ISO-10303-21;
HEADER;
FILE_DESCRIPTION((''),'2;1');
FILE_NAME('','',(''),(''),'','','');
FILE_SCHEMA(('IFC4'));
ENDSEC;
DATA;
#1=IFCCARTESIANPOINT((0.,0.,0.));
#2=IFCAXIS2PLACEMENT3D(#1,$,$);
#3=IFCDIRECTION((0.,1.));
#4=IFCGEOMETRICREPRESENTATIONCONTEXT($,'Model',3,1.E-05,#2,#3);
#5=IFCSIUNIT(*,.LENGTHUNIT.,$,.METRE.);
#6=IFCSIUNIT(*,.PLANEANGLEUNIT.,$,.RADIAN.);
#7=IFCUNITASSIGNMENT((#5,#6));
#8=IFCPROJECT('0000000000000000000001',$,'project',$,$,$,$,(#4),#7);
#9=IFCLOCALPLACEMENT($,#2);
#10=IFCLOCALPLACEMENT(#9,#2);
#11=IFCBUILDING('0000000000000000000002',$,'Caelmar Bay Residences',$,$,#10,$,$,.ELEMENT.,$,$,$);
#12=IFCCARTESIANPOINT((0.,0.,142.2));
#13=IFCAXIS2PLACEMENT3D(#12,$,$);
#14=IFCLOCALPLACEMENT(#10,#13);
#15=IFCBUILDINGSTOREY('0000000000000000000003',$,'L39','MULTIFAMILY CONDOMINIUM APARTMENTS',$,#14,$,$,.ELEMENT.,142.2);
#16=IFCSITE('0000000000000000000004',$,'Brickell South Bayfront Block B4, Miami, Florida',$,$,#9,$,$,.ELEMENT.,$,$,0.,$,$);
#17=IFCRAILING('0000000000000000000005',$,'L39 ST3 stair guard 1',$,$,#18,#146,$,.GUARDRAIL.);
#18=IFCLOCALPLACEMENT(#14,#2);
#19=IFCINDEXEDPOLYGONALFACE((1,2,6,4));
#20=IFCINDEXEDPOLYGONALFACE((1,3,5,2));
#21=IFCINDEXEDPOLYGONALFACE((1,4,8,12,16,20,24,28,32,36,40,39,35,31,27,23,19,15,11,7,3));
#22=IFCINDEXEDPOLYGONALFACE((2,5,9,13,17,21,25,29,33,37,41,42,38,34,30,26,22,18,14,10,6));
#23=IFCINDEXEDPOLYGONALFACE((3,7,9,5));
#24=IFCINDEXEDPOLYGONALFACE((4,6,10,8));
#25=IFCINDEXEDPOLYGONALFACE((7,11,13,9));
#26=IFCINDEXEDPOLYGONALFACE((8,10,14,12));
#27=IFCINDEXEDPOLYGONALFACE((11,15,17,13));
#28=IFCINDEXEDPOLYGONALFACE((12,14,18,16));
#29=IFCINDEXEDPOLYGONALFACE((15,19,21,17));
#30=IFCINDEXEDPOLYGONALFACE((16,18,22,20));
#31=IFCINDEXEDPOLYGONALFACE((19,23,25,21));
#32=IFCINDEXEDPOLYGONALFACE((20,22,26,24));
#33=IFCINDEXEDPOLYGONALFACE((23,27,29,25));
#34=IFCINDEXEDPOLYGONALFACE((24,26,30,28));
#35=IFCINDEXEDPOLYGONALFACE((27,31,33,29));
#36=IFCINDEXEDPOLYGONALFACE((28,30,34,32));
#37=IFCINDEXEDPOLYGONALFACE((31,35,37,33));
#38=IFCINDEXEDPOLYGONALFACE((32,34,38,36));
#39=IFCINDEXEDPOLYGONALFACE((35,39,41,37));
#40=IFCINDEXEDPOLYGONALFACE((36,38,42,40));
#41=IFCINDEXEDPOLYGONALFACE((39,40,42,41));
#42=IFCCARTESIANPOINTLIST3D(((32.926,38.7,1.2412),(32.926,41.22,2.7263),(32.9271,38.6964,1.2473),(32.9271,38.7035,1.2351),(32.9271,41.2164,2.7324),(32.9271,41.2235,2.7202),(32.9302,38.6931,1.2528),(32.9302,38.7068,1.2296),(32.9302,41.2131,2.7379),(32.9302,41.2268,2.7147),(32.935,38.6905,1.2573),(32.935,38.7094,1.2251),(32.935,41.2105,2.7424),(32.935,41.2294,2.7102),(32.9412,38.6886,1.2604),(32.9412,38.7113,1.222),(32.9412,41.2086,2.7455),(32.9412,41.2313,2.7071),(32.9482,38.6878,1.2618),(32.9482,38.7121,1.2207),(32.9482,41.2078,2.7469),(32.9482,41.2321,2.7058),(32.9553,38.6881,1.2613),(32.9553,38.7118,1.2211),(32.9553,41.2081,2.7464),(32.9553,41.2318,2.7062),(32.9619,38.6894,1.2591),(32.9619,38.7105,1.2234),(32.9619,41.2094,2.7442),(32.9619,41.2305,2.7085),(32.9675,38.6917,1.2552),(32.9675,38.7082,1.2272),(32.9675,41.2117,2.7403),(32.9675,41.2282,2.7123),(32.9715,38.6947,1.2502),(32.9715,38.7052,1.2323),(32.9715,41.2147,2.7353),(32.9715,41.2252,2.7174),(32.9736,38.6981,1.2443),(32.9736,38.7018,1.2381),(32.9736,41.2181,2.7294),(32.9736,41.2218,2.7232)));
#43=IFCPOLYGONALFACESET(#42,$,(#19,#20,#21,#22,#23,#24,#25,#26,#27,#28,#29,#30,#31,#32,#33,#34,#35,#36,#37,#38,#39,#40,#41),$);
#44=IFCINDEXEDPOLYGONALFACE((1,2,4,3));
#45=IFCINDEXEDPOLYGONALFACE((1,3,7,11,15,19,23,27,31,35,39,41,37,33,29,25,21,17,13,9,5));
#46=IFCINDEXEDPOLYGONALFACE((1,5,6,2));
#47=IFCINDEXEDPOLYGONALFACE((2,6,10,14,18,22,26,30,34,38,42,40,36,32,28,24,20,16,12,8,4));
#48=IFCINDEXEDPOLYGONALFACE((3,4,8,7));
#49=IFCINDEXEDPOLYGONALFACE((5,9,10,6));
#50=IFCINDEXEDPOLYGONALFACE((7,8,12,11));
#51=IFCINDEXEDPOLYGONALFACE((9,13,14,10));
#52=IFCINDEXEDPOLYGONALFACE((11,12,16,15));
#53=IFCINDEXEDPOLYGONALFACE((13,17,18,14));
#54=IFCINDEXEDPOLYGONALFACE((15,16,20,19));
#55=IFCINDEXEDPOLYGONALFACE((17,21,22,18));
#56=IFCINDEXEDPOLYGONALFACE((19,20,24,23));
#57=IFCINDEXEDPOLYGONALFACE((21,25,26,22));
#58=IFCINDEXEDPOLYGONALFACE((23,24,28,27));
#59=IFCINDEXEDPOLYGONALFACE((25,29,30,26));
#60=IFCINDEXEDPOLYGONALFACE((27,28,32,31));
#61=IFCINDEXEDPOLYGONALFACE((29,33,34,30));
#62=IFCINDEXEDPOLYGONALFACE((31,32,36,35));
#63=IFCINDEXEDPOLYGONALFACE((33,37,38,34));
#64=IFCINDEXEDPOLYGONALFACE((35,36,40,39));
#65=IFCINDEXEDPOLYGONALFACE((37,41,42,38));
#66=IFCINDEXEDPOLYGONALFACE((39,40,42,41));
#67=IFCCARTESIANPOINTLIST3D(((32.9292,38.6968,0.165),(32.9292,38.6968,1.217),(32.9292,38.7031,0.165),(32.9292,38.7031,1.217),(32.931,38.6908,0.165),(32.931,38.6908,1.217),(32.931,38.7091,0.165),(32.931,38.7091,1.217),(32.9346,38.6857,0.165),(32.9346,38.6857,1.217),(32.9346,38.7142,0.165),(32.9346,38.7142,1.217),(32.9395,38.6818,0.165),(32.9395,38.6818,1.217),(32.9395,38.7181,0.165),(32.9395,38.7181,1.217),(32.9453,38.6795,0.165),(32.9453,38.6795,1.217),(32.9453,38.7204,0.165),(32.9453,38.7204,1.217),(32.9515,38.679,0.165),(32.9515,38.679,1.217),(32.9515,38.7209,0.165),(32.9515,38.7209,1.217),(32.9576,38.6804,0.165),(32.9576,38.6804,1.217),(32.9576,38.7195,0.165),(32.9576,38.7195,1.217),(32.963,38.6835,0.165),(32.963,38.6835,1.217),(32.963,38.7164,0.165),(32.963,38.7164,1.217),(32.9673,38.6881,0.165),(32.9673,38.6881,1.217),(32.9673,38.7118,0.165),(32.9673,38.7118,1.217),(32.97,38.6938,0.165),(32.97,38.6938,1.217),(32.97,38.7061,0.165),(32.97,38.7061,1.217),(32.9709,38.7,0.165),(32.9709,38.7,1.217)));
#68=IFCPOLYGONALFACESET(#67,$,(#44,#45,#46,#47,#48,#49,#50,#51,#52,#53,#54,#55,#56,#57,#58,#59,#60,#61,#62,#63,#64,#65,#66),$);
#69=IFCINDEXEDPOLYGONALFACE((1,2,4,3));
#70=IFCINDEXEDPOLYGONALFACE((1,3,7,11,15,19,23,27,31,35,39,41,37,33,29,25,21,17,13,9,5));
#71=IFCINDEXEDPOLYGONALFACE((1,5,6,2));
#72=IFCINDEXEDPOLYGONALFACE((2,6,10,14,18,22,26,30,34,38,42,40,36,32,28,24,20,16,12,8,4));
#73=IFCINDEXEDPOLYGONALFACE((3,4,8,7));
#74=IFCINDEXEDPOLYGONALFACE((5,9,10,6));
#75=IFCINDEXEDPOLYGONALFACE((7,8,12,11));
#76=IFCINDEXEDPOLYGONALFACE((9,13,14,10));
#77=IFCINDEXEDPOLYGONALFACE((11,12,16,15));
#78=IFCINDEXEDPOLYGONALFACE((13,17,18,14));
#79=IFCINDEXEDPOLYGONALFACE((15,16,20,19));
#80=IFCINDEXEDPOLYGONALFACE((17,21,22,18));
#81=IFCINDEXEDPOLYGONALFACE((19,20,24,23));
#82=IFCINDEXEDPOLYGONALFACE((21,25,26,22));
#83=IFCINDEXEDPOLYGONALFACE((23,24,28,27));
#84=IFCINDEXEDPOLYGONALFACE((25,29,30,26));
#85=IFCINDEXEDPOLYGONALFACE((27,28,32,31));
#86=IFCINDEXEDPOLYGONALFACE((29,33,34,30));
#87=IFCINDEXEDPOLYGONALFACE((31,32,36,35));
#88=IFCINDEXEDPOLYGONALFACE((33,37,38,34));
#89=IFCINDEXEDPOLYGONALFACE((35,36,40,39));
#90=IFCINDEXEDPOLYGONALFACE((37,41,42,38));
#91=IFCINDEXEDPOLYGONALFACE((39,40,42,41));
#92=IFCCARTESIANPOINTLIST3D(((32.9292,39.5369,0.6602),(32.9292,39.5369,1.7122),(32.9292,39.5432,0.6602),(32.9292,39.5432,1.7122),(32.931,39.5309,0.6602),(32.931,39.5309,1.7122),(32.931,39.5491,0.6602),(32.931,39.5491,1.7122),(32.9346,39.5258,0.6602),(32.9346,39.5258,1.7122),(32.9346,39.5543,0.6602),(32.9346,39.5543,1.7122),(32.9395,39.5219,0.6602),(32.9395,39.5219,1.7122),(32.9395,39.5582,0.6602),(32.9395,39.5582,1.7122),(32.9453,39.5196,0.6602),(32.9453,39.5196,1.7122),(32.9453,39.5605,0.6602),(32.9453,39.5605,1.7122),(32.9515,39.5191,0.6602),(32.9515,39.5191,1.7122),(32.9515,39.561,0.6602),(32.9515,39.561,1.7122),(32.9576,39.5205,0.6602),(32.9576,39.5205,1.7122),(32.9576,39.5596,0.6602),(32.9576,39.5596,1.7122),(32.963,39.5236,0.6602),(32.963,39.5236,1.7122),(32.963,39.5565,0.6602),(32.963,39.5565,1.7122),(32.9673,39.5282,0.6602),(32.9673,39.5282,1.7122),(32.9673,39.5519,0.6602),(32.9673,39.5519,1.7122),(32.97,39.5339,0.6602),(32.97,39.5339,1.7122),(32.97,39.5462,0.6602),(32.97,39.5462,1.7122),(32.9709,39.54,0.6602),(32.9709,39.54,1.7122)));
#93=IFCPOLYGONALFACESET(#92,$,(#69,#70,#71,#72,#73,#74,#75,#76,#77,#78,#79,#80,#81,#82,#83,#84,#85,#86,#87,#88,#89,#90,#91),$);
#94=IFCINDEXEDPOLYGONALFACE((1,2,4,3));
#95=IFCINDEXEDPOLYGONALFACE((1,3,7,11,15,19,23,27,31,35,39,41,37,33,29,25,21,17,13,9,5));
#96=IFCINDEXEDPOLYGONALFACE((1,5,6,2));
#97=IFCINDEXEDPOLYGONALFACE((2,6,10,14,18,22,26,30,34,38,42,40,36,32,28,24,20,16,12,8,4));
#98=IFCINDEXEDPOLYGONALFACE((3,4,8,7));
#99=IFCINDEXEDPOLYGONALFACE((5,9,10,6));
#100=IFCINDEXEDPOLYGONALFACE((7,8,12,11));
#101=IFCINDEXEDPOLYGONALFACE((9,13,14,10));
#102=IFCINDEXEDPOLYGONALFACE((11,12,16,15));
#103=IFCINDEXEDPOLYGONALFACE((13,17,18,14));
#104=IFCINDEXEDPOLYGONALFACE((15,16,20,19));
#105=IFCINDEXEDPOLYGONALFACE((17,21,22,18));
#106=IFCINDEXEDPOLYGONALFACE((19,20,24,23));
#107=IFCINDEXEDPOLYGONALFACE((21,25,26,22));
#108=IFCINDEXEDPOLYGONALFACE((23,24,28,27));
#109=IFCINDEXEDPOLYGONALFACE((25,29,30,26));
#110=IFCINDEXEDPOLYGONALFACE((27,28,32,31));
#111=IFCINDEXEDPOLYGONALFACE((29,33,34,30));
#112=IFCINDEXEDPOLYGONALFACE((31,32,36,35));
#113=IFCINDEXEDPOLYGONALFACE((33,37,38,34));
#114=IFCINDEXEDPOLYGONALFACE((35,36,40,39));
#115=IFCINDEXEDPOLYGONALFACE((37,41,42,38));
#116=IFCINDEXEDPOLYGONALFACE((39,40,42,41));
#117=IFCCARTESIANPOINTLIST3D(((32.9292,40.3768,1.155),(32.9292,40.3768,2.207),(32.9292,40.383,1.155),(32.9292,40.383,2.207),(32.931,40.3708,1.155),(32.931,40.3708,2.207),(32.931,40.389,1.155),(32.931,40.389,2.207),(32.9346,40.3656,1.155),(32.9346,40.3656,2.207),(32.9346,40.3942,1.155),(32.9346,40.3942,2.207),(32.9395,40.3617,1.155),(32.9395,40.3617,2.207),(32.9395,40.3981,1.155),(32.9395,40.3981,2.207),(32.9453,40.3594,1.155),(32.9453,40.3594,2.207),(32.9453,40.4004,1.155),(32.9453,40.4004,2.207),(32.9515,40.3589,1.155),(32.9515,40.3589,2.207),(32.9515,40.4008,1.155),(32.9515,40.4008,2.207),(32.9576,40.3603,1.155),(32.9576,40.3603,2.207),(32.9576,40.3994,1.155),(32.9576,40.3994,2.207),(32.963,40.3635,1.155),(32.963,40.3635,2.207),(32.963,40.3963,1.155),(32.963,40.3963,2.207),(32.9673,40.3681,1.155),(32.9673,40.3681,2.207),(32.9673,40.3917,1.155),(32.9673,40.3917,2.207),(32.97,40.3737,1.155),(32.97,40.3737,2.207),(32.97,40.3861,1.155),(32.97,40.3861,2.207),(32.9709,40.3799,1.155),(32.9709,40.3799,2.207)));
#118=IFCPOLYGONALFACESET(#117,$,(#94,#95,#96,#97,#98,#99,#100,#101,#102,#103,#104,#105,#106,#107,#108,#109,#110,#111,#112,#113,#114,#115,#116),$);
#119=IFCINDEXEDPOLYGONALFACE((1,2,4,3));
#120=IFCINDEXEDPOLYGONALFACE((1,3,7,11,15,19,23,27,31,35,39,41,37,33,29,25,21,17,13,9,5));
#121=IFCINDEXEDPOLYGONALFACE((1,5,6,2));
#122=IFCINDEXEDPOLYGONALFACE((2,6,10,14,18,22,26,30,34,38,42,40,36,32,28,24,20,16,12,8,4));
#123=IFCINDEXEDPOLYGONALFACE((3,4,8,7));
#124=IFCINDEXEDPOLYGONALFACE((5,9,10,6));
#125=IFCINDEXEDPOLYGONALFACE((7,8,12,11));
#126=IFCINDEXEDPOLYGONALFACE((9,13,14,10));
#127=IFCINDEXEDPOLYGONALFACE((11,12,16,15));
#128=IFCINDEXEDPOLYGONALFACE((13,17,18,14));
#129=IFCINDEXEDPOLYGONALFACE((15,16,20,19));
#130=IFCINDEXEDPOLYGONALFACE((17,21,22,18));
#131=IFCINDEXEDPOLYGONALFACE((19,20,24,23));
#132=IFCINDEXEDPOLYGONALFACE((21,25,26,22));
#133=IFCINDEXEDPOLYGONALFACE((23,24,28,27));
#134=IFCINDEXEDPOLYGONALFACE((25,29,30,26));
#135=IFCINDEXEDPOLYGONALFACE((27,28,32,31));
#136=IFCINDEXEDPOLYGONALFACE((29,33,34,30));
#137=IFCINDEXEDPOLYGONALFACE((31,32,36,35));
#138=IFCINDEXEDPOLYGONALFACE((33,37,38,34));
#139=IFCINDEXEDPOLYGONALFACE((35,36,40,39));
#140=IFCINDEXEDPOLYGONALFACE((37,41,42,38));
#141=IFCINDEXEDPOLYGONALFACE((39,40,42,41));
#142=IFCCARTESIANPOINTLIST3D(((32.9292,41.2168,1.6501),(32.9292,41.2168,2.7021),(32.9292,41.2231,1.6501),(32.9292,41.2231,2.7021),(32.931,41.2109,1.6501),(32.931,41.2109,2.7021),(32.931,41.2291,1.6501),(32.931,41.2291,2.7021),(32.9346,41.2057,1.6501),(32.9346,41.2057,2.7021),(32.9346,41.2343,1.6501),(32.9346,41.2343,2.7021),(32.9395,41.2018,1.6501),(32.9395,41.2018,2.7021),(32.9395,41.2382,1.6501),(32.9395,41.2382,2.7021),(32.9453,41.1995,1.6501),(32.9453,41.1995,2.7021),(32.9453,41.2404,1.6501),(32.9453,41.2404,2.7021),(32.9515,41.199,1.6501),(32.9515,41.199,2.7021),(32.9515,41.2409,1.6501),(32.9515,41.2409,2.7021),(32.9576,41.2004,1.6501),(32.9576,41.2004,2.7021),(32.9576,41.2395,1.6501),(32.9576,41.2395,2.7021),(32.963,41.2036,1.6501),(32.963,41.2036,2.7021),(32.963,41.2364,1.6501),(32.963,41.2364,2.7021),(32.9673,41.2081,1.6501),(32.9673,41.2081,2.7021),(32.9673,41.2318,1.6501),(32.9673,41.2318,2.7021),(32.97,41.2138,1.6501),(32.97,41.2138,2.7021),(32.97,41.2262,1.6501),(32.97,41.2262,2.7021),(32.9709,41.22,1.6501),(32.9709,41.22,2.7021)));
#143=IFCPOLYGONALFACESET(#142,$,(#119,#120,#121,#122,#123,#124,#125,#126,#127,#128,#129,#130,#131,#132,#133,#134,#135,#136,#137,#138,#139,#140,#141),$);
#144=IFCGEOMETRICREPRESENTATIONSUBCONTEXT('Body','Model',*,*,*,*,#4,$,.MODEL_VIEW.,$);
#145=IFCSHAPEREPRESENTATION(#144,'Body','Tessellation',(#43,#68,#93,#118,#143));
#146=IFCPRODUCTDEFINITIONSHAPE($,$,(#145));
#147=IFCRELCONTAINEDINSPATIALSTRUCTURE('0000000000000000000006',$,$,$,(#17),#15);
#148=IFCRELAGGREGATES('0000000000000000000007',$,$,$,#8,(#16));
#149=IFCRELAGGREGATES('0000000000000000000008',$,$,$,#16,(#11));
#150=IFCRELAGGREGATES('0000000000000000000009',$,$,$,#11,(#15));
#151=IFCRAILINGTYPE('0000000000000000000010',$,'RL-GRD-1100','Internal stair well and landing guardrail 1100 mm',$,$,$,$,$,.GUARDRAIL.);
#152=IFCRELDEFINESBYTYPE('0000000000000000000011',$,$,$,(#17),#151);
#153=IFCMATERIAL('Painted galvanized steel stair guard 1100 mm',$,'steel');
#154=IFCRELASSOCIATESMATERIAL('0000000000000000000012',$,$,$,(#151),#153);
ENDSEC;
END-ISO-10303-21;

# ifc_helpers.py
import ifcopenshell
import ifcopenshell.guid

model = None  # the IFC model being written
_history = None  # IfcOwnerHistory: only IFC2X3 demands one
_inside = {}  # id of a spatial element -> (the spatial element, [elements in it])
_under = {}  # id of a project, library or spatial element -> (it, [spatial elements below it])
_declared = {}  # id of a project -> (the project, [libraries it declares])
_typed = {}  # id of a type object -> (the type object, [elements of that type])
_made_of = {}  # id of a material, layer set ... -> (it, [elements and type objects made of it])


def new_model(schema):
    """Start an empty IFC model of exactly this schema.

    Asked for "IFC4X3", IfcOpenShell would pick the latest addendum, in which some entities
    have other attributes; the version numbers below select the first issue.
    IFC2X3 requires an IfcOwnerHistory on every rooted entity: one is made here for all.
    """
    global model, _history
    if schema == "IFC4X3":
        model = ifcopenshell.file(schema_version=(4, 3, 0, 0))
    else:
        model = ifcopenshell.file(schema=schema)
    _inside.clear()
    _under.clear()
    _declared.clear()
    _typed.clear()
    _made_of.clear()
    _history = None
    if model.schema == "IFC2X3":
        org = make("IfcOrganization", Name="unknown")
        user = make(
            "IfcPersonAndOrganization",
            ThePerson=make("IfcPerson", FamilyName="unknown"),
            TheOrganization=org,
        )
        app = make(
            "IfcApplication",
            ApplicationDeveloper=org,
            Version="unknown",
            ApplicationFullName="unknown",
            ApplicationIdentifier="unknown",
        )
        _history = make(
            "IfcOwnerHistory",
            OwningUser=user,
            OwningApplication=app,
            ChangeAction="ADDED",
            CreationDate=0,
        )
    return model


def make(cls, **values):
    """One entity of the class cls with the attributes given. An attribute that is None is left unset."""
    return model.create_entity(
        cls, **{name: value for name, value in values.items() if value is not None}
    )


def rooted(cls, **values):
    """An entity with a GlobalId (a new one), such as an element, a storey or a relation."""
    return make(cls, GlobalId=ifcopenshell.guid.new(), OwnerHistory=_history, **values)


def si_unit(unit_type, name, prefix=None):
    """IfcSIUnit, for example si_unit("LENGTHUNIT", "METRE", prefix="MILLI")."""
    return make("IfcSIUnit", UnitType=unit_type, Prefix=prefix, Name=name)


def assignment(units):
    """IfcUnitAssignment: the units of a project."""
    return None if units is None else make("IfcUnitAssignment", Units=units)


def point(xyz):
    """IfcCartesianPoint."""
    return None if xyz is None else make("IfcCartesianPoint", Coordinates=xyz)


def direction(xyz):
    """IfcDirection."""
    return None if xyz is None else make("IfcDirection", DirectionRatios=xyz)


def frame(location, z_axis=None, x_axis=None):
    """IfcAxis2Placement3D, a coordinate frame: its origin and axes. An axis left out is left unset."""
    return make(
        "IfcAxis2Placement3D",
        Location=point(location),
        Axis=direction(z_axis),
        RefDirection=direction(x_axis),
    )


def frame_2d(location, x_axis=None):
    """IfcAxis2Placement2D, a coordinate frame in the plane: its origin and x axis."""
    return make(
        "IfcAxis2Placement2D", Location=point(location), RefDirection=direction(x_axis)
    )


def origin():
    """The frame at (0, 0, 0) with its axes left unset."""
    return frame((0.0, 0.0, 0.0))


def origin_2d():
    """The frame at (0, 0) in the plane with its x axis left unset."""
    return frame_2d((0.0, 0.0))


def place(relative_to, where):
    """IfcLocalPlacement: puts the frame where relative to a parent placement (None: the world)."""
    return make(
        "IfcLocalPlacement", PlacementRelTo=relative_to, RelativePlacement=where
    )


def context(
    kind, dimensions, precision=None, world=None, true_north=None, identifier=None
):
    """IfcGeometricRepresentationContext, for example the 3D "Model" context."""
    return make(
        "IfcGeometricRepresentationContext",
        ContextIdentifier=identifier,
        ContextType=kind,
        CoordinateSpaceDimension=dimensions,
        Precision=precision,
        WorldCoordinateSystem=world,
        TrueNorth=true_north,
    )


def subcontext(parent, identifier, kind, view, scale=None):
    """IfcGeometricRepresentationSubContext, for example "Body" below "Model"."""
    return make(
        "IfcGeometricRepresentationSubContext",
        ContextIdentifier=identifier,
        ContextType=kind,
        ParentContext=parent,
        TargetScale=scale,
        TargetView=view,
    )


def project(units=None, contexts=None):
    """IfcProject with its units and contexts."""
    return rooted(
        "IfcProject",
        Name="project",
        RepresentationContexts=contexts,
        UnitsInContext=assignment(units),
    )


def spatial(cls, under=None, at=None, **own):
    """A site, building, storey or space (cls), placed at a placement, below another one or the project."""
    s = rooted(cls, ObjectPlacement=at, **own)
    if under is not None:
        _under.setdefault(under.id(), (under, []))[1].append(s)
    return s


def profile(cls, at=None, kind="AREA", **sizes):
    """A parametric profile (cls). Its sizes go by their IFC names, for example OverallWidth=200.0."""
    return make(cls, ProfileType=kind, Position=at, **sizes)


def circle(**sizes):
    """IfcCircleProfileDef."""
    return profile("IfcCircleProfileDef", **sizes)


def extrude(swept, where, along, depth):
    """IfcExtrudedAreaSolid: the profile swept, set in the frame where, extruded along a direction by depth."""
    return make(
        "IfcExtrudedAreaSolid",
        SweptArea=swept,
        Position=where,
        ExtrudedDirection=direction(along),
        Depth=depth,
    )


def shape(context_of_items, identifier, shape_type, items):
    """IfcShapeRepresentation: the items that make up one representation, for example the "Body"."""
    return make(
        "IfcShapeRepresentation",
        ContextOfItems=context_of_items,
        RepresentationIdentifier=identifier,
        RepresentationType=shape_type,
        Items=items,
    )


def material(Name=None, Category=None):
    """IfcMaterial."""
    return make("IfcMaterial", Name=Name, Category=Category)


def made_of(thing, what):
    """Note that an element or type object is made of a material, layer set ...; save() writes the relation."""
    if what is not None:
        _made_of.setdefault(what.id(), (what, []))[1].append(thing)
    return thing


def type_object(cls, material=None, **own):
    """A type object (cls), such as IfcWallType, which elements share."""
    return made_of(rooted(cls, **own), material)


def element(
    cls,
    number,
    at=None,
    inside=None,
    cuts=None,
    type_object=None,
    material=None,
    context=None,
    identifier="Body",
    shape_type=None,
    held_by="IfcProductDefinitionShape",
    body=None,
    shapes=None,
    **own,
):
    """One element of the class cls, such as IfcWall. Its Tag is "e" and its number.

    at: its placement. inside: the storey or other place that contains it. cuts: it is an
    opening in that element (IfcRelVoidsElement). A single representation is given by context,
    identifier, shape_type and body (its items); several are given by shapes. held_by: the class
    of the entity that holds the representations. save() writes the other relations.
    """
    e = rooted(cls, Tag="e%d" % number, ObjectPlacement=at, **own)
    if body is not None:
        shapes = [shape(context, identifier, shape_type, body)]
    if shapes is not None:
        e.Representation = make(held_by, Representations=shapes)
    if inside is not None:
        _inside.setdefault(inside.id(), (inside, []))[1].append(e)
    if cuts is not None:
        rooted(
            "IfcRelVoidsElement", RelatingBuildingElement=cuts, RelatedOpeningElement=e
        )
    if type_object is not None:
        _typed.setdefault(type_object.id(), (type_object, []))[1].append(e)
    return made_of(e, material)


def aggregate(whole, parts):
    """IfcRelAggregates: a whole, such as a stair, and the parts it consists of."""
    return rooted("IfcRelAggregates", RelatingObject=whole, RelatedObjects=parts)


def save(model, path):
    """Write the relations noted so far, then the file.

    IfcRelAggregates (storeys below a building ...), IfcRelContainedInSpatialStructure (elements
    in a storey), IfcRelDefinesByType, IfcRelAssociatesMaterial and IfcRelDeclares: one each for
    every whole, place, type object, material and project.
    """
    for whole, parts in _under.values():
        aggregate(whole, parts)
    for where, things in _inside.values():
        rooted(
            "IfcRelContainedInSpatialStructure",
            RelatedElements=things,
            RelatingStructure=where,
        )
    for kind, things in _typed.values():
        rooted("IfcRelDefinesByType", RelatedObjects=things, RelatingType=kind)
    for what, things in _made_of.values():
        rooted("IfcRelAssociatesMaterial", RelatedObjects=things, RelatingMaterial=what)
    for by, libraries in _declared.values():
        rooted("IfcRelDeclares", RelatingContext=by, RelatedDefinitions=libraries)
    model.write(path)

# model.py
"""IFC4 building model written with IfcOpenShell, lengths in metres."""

from ifc_helpers import new_model, si_unit, direction, frame, origin, origin_2d, place, context, subcontext, project, spatial, circle, extrude, material, type_object, element, save


model = new_model("IFC4")

# Units and contexts
model_context = context("Model", 3, precision=1e-05, world=origin(), true_north=direction((0.0, 1.0)))
body_context = subcontext(model_context, "Body", "Model", "MODEL_VIEW")
ifc_project = project(units=[si_unit("LENGTHUNIT", "METRE"), si_unit("PLANEANGLEUNIT", "RADIAN")], contexts=[model_context])

# Site, building, storey
site_placement = place(None, origin())
site = spatial("IfcSite", under=ifc_project, at=site_placement, Name="Brickell South Bayfront Block B4, Miami, Florida", CompositionType="ELEMENT", RefElevation=0.0)
building_placement = place(site_placement, origin())
building = spatial("IfcBuilding", under=site, at=building_placement, Name="Caelmar Bay Residences", CompositionType="ELEMENT")
storey_placement = place(building_placement, frame((0.0, 0.0, 142.2)))
storey = spatial("IfcBuildingStorey", under=building, at=storey_placement, Name="L39", Description="MULTIFAMILY CONDOMINIUM APARTMENTS", CompositionType="ELEMENT", Elevation=142.2)

# Railing
ifc_material_1 = material(Name="Painted galvanized steel stair guard 1100 mm", Category="steel")
railing_type_1 = type_object("IfcRailingType", Name="RL-GRD-1100", Description="Internal stair well and landing guardrail 1100 mm", PredefinedType="GUARDRAIL", material=ifc_material_1)
railing_1_placement = place(storey_placement, frame((32.95, 38.7, 0.165)))
element("IfcRailing", 1, at=railing_1_placement, inside=storey, type_object=railing_type_1, Name="L39 ST3 stair guard 1", PredefinedType="GUARDRAIL", context=body_context, shape_type="SweptSolid", body=[
    extrude(circle(Radius=0.0239, at=origin_2d()), frame((0.0, 0.0, 1.0762), z_axis=(0.0, 0.861524, 0.507717), x_axis=(-1.0, 0.0, 0.0)), (0.0, 0.0, 1.0), 2.925),
    extrude(circle(Radius=0.021, at=origin_2d()), origin(), (0.0, 0.0, 1.0), 1.052),
    extrude(circle(Radius=0.021, at=origin_2d()), frame((0.0, 0.8401, 0.4951)), (0.0, 0.0, 1.0), 1.052),
    extrude(circle(Radius=0.021, at=origin_2d()), frame((0.0, 1.6799, 0.99)), (0.0, 0.0, 1.0), 1.052),
    extrude(circle(Radius=0.021, at=origin_2d()), frame((0.0, 2.52, 1.4851)), (0.0, 0.0, 1.0), 1.052),
])

save(model, "model.ifc")
